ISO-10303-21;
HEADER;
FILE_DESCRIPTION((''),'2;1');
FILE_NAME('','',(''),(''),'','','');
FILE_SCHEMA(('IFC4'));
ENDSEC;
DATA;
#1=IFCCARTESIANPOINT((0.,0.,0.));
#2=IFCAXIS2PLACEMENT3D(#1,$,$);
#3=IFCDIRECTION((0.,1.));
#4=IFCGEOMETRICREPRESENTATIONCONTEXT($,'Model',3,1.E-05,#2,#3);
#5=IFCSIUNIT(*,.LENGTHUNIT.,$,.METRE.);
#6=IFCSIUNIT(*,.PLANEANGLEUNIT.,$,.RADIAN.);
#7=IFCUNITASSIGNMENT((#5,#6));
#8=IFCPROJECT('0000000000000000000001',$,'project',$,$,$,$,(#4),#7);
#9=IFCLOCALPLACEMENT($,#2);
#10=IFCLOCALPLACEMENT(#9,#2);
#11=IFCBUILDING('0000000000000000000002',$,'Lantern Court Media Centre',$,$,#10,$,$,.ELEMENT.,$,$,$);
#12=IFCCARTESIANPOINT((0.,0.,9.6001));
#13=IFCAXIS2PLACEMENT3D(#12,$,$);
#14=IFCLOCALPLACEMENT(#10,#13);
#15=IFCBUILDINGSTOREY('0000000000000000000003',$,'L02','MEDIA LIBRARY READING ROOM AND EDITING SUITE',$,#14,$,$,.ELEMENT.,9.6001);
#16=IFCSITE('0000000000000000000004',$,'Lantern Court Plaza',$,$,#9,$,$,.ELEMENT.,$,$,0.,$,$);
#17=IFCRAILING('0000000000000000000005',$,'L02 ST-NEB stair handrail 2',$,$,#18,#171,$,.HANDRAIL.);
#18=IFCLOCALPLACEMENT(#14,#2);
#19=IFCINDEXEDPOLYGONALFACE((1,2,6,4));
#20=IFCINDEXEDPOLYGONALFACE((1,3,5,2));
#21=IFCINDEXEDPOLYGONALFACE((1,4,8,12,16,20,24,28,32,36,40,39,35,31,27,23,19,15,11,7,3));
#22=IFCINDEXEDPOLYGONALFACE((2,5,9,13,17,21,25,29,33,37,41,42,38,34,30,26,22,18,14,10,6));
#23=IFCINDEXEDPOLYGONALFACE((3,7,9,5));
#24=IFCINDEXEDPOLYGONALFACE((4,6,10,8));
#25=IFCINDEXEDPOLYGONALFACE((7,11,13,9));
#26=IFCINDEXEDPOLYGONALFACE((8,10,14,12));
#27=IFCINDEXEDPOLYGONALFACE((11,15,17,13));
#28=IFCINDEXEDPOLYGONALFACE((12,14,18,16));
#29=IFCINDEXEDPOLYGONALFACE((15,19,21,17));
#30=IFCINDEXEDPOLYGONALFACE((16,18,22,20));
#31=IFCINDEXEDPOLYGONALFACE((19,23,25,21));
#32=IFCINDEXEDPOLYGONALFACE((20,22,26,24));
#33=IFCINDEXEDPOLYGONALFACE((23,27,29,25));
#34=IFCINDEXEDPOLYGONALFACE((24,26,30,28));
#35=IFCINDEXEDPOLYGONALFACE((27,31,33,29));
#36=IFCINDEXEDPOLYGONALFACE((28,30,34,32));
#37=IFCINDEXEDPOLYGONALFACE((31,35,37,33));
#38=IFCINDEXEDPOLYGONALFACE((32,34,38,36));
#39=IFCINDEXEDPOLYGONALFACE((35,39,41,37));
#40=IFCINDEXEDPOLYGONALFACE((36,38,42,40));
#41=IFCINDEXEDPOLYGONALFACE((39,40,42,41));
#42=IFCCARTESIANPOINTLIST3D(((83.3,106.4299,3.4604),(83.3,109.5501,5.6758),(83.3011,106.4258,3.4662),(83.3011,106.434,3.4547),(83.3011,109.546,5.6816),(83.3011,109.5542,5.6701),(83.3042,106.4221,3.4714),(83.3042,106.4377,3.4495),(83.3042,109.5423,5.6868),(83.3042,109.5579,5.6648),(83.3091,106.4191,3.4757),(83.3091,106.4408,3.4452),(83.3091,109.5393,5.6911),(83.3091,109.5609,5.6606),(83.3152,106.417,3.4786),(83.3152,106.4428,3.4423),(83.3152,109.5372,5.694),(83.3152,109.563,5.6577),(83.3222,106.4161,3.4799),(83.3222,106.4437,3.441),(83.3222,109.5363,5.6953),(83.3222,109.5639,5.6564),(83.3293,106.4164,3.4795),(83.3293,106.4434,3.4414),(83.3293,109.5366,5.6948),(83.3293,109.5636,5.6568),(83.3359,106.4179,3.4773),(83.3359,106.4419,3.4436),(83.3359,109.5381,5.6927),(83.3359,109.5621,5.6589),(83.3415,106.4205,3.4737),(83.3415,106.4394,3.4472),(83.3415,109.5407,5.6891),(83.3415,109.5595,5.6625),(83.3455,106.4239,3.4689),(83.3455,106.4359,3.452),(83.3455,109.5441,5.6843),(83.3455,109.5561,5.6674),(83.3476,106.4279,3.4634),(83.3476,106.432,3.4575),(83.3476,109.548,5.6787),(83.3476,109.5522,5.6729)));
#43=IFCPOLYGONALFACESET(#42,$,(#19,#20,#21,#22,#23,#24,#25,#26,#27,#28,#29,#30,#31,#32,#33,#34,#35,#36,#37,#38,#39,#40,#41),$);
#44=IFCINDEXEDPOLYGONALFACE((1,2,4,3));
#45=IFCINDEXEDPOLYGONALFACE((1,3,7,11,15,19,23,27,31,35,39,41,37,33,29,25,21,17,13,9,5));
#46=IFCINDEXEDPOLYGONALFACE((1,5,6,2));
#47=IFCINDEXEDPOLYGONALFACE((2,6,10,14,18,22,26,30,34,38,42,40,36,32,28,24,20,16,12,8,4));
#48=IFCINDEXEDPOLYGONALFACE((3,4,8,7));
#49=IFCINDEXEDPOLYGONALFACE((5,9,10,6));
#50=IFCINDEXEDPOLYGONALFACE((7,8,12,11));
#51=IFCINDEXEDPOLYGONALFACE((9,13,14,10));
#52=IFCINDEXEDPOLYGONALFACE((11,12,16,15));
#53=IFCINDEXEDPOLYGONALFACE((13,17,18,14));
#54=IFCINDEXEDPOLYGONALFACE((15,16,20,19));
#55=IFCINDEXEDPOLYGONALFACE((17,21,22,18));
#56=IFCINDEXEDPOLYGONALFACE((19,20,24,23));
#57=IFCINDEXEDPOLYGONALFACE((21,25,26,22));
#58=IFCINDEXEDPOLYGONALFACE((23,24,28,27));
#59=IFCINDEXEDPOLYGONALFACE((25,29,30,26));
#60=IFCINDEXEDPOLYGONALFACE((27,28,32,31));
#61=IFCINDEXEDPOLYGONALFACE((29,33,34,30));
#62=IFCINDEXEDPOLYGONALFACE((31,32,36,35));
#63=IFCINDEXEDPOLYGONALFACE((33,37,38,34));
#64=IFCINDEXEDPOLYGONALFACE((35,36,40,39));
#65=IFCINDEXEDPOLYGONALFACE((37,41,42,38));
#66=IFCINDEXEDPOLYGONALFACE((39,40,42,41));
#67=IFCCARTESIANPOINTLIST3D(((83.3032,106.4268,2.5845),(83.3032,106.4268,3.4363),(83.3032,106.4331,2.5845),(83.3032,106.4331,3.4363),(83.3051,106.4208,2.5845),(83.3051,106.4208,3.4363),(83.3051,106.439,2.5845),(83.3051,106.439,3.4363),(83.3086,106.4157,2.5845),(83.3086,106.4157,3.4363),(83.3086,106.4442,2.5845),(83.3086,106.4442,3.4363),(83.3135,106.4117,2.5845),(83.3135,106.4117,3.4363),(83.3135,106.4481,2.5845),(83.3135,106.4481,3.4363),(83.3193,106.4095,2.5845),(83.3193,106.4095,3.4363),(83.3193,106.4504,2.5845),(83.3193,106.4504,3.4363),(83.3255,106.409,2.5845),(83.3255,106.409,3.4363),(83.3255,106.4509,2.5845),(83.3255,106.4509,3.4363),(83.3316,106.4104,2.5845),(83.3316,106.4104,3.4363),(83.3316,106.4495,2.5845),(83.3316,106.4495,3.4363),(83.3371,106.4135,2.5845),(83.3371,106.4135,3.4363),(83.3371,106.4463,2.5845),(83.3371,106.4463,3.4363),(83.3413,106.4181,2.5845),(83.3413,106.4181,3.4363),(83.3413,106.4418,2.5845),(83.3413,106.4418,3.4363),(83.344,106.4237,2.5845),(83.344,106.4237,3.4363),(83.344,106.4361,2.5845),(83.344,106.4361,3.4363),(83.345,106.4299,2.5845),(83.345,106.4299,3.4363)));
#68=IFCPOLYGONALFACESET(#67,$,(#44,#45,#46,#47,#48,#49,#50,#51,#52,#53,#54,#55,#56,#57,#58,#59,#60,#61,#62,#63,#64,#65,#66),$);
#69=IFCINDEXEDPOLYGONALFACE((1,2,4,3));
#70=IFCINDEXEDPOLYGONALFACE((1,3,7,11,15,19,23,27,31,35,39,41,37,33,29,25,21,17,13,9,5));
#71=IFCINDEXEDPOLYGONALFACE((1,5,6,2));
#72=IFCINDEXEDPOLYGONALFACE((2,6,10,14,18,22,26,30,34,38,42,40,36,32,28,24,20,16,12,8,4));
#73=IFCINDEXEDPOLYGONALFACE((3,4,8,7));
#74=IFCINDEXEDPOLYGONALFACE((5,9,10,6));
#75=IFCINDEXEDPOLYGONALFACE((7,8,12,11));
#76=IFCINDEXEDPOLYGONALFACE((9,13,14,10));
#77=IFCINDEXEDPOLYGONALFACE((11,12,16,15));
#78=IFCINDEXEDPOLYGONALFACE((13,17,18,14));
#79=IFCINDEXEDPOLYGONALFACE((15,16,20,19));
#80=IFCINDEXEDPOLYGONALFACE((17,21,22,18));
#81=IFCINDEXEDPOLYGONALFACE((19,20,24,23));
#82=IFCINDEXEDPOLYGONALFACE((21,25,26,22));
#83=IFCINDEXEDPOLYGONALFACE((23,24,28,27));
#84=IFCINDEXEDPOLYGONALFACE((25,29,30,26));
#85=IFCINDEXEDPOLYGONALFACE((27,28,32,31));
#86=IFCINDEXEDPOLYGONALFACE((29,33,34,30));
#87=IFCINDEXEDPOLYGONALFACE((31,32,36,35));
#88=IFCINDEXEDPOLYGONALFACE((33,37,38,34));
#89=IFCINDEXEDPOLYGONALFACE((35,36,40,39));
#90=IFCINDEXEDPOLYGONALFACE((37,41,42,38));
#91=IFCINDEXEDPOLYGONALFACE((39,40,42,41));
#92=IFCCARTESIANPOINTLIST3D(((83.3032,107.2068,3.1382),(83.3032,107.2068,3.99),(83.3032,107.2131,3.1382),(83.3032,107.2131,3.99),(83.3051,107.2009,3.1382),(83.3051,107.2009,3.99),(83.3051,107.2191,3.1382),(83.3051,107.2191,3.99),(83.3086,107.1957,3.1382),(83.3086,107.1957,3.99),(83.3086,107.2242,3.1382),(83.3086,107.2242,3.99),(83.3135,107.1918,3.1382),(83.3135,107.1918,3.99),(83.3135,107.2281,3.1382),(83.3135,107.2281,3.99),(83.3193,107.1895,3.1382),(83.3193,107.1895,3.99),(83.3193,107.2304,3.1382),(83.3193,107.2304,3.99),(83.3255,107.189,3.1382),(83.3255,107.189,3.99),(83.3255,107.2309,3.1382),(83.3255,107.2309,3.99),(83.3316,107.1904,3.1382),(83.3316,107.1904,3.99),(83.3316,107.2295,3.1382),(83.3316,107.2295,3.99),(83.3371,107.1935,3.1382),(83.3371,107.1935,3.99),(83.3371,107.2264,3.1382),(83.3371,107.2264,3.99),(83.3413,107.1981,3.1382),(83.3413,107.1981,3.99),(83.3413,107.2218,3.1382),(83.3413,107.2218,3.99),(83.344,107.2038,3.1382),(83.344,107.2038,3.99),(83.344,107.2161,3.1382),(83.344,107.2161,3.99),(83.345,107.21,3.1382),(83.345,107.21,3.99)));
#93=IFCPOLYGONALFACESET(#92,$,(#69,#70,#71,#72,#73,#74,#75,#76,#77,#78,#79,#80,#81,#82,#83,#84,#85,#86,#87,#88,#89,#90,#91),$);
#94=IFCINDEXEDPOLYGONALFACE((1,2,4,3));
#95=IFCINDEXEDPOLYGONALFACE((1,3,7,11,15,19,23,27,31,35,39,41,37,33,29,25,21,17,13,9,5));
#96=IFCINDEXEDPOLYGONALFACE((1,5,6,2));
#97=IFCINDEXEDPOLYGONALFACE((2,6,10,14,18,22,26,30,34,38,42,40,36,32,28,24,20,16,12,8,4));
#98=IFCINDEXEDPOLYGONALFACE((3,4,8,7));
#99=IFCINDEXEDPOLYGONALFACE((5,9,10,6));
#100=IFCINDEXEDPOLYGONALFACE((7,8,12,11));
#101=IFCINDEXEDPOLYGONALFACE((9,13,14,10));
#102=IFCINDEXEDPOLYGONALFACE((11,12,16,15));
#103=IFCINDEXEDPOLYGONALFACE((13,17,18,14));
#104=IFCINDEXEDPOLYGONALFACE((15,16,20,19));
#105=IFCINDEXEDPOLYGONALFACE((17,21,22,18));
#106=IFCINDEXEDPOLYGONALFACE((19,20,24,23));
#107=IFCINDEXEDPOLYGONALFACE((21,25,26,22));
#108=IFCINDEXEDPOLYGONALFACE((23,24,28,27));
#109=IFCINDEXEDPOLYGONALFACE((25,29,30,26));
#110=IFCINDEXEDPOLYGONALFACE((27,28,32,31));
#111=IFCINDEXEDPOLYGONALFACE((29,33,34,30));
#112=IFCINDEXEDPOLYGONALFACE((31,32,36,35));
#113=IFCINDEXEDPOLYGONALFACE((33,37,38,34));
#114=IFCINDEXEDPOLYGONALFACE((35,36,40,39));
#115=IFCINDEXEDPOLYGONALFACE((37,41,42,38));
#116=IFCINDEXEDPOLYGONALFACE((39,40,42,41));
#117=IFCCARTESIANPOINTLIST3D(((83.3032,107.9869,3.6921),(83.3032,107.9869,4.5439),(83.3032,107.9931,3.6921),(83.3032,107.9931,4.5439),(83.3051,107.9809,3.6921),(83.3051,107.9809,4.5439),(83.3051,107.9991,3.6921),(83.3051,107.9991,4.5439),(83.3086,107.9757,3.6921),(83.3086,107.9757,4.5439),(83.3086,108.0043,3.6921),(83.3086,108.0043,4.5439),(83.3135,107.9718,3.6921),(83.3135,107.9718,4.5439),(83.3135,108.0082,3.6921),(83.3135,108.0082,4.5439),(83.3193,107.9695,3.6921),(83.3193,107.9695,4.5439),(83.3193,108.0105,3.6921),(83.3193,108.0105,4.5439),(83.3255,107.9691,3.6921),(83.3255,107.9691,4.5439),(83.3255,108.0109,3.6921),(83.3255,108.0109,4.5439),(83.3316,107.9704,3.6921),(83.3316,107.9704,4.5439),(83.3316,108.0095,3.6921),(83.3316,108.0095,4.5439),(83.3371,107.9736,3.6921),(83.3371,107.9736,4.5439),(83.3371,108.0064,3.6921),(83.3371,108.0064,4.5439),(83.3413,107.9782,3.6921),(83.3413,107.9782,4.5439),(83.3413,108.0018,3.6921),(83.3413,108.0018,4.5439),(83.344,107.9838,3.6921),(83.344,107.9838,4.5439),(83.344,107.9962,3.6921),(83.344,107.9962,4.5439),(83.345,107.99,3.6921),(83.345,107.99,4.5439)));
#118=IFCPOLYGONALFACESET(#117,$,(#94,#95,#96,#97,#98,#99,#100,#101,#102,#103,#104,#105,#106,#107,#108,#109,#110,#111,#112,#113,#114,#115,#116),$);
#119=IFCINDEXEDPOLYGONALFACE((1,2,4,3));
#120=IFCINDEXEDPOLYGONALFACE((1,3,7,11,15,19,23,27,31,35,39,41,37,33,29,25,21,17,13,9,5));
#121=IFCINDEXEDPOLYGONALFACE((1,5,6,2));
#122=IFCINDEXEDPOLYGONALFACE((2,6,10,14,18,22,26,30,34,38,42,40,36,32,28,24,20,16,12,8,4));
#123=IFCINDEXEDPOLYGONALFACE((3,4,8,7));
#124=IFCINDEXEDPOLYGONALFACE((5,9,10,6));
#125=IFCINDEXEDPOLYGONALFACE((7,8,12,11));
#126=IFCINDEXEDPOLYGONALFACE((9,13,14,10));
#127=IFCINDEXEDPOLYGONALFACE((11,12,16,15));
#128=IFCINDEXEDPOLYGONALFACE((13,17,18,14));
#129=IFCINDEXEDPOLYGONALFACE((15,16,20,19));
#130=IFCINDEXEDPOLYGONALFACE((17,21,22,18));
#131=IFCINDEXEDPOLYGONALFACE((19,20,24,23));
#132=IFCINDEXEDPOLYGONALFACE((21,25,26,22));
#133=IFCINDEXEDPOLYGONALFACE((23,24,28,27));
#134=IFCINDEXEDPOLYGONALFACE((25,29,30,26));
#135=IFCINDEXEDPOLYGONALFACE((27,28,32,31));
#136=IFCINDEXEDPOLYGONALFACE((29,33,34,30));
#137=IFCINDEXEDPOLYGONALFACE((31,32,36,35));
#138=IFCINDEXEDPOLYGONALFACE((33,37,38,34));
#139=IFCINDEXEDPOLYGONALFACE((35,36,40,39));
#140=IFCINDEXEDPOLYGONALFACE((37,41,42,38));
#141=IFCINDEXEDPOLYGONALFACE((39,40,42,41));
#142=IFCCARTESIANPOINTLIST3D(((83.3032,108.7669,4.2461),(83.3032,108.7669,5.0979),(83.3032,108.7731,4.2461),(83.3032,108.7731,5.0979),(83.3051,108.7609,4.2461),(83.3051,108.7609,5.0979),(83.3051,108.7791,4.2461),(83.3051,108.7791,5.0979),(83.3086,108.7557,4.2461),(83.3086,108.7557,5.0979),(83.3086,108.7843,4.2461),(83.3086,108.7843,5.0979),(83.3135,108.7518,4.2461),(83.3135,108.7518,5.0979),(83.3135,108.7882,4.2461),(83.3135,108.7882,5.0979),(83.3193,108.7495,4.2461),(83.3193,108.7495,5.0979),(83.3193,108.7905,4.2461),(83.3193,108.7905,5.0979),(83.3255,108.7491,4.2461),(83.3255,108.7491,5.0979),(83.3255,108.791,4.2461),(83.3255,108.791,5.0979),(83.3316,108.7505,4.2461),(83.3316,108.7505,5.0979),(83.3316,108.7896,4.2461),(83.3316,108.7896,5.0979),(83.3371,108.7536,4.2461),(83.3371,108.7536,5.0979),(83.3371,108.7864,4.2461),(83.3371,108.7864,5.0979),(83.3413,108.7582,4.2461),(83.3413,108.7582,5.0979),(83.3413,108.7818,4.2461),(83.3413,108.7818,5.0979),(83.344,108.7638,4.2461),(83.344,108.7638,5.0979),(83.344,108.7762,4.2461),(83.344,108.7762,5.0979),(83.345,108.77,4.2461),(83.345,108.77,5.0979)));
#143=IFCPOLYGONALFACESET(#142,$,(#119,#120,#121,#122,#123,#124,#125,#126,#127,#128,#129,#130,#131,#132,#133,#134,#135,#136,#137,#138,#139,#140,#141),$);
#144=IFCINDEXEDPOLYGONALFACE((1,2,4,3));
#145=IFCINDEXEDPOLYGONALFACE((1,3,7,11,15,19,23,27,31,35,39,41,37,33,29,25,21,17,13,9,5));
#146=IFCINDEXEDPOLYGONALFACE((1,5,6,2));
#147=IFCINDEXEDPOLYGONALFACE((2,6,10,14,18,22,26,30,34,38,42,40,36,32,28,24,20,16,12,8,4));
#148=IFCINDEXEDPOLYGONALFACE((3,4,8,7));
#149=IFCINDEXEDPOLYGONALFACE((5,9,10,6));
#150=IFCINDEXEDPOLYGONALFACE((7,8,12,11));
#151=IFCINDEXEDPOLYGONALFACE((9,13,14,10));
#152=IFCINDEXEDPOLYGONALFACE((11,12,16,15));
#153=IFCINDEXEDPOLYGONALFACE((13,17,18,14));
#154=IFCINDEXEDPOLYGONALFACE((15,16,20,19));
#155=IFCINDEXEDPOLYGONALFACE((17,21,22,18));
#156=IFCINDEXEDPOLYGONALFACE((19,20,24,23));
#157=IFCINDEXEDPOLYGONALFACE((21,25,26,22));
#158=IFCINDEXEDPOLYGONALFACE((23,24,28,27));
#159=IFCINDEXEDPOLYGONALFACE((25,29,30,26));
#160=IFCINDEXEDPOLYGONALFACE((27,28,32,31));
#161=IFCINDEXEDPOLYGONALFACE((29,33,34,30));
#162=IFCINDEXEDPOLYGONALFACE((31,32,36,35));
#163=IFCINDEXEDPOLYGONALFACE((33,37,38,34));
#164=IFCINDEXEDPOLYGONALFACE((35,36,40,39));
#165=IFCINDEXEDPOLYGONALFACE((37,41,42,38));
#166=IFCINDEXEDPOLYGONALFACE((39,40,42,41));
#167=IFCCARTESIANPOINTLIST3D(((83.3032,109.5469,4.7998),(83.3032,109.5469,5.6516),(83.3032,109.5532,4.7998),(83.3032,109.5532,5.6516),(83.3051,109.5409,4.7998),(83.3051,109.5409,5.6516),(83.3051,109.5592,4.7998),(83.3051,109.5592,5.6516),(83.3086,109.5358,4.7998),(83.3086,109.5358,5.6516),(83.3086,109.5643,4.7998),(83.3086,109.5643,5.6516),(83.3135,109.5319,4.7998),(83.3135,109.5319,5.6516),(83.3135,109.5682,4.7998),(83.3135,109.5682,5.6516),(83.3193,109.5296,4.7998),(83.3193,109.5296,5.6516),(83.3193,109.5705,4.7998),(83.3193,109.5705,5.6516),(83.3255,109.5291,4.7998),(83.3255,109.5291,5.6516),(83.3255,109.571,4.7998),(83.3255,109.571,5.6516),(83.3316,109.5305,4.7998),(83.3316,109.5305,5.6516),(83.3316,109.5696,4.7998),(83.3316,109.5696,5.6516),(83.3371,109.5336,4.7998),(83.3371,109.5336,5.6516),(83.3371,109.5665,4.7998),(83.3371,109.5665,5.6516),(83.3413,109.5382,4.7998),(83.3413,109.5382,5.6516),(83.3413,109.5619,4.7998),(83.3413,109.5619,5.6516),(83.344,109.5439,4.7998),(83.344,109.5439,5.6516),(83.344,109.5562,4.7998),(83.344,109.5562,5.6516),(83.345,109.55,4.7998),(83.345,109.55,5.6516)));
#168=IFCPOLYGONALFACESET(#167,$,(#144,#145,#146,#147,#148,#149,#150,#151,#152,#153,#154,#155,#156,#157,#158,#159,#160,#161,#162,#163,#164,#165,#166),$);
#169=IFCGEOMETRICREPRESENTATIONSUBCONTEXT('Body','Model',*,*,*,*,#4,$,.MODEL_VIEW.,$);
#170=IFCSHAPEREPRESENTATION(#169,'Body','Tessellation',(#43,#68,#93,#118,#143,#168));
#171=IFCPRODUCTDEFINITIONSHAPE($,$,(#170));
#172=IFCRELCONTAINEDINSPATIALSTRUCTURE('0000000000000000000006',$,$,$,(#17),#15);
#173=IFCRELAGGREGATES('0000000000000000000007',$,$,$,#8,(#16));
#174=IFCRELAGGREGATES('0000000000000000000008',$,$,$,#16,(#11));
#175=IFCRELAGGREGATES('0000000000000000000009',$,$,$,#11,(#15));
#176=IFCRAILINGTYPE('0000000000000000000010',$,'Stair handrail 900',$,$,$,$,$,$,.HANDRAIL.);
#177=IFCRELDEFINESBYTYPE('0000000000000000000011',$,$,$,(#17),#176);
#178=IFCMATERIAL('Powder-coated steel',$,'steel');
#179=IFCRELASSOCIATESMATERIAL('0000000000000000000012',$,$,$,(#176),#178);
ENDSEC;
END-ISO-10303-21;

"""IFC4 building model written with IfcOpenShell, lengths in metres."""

from ifc_helpers import new_model, si_unit, direction, frame, origin, origin_2d, place, context, subcontext, project, spatial, circle, extrude, material, type_object, element, save


model = new_model("IFC4")

# Units and contexts
model_context = context("Model", 3, precision=1e-05, world=origin(), true_north=direction((0.0, 1.0)))
body_context = subcontext(model_context, "Body", "Model", "MODEL_VIEW")
ifc_project = project(units=[si_unit("LENGTHUNIT", "METRE"), si_unit("PLANEANGLEUNIT", "RADIAN")], contexts=[model_context])

# Site, building, storey
site_placement = place(None, origin())
site = spatial("IfcSite", under=ifc_project, at=site_placement, Name="Lantern Court Plaza", CompositionType="ELEMENT", RefElevation=0.0)
building_placement = place(site_placement, origin())
building = spatial("IfcBuilding", under=site, at=building_placement, Name="Lantern Court Media Centre", CompositionType="ELEMENT")
storey_placement = place(building_placement, frame((0.0, 0.0, 9.6001)))
storey = spatial("IfcBuildingStorey", under=building, at=storey_placement, Name="L02", Description="MEDIA LIBRARY READING ROOM AND EDITING SUITE", CompositionType="ELEMENT", Elevation=9.6001)

# Shared definitions
ifc_material_1 = material(Name="Powder-coated steel", Category="steel")

# Railing
railing_type_1 = type_object("IfcRailingType", Name="Stair handrail 900", PredefinedType="HANDRAIL", material=ifc_material_1)
railing_1_placement = place(storey_placement, frame((83.324, 106.4299, 2.5845)))
element("IfcRailing", 1, at=railing_1_placement, inside=storey, type_object=railing_type_1, Name="L02 ST-NEB stair handrail 2", PredefinedType="HANDRAIL", context=body_context, shape_type="SweptSolid", body=[
    extrude(circle(Radius=0.0239, at=origin_2d()), frame((0.0, 0.0, 0.876), z_axis=(0.0, 0.815377, 0.57893), x_axis=(-1.0, 0.0, 0.0)), (0.0, 0.0, 1.0), 3.8267),
    extrude(circle(Radius=0.021, at=origin_2d()), origin(), (0.0, 0.0, 1.0), 0.8518),
    extrude(circle(Radius=0.021, at=origin_2d()), frame((0.0, 0.78, 0.5537)), (0.0, 0.0, 1.0), 0.8518),
    extrude(circle(Radius=0.021, at=origin_2d()), frame((0.0, 1.5601, 1.1077)), (0.0, 0.0, 1.0), 0.8518),
    extrude(circle(Radius=0.021, at=origin_2d()), frame((0.0, 2.3401, 1.6616)), (0.0, 0.0, 1.0), 0.8518),
    extrude(circle(Radius=0.021, at=origin_2d()), frame((0.0, 3.1201, 2.2153)), (0.0, 0.0, 1.0), 0.8518),
])

save(model, "model.ifc")
